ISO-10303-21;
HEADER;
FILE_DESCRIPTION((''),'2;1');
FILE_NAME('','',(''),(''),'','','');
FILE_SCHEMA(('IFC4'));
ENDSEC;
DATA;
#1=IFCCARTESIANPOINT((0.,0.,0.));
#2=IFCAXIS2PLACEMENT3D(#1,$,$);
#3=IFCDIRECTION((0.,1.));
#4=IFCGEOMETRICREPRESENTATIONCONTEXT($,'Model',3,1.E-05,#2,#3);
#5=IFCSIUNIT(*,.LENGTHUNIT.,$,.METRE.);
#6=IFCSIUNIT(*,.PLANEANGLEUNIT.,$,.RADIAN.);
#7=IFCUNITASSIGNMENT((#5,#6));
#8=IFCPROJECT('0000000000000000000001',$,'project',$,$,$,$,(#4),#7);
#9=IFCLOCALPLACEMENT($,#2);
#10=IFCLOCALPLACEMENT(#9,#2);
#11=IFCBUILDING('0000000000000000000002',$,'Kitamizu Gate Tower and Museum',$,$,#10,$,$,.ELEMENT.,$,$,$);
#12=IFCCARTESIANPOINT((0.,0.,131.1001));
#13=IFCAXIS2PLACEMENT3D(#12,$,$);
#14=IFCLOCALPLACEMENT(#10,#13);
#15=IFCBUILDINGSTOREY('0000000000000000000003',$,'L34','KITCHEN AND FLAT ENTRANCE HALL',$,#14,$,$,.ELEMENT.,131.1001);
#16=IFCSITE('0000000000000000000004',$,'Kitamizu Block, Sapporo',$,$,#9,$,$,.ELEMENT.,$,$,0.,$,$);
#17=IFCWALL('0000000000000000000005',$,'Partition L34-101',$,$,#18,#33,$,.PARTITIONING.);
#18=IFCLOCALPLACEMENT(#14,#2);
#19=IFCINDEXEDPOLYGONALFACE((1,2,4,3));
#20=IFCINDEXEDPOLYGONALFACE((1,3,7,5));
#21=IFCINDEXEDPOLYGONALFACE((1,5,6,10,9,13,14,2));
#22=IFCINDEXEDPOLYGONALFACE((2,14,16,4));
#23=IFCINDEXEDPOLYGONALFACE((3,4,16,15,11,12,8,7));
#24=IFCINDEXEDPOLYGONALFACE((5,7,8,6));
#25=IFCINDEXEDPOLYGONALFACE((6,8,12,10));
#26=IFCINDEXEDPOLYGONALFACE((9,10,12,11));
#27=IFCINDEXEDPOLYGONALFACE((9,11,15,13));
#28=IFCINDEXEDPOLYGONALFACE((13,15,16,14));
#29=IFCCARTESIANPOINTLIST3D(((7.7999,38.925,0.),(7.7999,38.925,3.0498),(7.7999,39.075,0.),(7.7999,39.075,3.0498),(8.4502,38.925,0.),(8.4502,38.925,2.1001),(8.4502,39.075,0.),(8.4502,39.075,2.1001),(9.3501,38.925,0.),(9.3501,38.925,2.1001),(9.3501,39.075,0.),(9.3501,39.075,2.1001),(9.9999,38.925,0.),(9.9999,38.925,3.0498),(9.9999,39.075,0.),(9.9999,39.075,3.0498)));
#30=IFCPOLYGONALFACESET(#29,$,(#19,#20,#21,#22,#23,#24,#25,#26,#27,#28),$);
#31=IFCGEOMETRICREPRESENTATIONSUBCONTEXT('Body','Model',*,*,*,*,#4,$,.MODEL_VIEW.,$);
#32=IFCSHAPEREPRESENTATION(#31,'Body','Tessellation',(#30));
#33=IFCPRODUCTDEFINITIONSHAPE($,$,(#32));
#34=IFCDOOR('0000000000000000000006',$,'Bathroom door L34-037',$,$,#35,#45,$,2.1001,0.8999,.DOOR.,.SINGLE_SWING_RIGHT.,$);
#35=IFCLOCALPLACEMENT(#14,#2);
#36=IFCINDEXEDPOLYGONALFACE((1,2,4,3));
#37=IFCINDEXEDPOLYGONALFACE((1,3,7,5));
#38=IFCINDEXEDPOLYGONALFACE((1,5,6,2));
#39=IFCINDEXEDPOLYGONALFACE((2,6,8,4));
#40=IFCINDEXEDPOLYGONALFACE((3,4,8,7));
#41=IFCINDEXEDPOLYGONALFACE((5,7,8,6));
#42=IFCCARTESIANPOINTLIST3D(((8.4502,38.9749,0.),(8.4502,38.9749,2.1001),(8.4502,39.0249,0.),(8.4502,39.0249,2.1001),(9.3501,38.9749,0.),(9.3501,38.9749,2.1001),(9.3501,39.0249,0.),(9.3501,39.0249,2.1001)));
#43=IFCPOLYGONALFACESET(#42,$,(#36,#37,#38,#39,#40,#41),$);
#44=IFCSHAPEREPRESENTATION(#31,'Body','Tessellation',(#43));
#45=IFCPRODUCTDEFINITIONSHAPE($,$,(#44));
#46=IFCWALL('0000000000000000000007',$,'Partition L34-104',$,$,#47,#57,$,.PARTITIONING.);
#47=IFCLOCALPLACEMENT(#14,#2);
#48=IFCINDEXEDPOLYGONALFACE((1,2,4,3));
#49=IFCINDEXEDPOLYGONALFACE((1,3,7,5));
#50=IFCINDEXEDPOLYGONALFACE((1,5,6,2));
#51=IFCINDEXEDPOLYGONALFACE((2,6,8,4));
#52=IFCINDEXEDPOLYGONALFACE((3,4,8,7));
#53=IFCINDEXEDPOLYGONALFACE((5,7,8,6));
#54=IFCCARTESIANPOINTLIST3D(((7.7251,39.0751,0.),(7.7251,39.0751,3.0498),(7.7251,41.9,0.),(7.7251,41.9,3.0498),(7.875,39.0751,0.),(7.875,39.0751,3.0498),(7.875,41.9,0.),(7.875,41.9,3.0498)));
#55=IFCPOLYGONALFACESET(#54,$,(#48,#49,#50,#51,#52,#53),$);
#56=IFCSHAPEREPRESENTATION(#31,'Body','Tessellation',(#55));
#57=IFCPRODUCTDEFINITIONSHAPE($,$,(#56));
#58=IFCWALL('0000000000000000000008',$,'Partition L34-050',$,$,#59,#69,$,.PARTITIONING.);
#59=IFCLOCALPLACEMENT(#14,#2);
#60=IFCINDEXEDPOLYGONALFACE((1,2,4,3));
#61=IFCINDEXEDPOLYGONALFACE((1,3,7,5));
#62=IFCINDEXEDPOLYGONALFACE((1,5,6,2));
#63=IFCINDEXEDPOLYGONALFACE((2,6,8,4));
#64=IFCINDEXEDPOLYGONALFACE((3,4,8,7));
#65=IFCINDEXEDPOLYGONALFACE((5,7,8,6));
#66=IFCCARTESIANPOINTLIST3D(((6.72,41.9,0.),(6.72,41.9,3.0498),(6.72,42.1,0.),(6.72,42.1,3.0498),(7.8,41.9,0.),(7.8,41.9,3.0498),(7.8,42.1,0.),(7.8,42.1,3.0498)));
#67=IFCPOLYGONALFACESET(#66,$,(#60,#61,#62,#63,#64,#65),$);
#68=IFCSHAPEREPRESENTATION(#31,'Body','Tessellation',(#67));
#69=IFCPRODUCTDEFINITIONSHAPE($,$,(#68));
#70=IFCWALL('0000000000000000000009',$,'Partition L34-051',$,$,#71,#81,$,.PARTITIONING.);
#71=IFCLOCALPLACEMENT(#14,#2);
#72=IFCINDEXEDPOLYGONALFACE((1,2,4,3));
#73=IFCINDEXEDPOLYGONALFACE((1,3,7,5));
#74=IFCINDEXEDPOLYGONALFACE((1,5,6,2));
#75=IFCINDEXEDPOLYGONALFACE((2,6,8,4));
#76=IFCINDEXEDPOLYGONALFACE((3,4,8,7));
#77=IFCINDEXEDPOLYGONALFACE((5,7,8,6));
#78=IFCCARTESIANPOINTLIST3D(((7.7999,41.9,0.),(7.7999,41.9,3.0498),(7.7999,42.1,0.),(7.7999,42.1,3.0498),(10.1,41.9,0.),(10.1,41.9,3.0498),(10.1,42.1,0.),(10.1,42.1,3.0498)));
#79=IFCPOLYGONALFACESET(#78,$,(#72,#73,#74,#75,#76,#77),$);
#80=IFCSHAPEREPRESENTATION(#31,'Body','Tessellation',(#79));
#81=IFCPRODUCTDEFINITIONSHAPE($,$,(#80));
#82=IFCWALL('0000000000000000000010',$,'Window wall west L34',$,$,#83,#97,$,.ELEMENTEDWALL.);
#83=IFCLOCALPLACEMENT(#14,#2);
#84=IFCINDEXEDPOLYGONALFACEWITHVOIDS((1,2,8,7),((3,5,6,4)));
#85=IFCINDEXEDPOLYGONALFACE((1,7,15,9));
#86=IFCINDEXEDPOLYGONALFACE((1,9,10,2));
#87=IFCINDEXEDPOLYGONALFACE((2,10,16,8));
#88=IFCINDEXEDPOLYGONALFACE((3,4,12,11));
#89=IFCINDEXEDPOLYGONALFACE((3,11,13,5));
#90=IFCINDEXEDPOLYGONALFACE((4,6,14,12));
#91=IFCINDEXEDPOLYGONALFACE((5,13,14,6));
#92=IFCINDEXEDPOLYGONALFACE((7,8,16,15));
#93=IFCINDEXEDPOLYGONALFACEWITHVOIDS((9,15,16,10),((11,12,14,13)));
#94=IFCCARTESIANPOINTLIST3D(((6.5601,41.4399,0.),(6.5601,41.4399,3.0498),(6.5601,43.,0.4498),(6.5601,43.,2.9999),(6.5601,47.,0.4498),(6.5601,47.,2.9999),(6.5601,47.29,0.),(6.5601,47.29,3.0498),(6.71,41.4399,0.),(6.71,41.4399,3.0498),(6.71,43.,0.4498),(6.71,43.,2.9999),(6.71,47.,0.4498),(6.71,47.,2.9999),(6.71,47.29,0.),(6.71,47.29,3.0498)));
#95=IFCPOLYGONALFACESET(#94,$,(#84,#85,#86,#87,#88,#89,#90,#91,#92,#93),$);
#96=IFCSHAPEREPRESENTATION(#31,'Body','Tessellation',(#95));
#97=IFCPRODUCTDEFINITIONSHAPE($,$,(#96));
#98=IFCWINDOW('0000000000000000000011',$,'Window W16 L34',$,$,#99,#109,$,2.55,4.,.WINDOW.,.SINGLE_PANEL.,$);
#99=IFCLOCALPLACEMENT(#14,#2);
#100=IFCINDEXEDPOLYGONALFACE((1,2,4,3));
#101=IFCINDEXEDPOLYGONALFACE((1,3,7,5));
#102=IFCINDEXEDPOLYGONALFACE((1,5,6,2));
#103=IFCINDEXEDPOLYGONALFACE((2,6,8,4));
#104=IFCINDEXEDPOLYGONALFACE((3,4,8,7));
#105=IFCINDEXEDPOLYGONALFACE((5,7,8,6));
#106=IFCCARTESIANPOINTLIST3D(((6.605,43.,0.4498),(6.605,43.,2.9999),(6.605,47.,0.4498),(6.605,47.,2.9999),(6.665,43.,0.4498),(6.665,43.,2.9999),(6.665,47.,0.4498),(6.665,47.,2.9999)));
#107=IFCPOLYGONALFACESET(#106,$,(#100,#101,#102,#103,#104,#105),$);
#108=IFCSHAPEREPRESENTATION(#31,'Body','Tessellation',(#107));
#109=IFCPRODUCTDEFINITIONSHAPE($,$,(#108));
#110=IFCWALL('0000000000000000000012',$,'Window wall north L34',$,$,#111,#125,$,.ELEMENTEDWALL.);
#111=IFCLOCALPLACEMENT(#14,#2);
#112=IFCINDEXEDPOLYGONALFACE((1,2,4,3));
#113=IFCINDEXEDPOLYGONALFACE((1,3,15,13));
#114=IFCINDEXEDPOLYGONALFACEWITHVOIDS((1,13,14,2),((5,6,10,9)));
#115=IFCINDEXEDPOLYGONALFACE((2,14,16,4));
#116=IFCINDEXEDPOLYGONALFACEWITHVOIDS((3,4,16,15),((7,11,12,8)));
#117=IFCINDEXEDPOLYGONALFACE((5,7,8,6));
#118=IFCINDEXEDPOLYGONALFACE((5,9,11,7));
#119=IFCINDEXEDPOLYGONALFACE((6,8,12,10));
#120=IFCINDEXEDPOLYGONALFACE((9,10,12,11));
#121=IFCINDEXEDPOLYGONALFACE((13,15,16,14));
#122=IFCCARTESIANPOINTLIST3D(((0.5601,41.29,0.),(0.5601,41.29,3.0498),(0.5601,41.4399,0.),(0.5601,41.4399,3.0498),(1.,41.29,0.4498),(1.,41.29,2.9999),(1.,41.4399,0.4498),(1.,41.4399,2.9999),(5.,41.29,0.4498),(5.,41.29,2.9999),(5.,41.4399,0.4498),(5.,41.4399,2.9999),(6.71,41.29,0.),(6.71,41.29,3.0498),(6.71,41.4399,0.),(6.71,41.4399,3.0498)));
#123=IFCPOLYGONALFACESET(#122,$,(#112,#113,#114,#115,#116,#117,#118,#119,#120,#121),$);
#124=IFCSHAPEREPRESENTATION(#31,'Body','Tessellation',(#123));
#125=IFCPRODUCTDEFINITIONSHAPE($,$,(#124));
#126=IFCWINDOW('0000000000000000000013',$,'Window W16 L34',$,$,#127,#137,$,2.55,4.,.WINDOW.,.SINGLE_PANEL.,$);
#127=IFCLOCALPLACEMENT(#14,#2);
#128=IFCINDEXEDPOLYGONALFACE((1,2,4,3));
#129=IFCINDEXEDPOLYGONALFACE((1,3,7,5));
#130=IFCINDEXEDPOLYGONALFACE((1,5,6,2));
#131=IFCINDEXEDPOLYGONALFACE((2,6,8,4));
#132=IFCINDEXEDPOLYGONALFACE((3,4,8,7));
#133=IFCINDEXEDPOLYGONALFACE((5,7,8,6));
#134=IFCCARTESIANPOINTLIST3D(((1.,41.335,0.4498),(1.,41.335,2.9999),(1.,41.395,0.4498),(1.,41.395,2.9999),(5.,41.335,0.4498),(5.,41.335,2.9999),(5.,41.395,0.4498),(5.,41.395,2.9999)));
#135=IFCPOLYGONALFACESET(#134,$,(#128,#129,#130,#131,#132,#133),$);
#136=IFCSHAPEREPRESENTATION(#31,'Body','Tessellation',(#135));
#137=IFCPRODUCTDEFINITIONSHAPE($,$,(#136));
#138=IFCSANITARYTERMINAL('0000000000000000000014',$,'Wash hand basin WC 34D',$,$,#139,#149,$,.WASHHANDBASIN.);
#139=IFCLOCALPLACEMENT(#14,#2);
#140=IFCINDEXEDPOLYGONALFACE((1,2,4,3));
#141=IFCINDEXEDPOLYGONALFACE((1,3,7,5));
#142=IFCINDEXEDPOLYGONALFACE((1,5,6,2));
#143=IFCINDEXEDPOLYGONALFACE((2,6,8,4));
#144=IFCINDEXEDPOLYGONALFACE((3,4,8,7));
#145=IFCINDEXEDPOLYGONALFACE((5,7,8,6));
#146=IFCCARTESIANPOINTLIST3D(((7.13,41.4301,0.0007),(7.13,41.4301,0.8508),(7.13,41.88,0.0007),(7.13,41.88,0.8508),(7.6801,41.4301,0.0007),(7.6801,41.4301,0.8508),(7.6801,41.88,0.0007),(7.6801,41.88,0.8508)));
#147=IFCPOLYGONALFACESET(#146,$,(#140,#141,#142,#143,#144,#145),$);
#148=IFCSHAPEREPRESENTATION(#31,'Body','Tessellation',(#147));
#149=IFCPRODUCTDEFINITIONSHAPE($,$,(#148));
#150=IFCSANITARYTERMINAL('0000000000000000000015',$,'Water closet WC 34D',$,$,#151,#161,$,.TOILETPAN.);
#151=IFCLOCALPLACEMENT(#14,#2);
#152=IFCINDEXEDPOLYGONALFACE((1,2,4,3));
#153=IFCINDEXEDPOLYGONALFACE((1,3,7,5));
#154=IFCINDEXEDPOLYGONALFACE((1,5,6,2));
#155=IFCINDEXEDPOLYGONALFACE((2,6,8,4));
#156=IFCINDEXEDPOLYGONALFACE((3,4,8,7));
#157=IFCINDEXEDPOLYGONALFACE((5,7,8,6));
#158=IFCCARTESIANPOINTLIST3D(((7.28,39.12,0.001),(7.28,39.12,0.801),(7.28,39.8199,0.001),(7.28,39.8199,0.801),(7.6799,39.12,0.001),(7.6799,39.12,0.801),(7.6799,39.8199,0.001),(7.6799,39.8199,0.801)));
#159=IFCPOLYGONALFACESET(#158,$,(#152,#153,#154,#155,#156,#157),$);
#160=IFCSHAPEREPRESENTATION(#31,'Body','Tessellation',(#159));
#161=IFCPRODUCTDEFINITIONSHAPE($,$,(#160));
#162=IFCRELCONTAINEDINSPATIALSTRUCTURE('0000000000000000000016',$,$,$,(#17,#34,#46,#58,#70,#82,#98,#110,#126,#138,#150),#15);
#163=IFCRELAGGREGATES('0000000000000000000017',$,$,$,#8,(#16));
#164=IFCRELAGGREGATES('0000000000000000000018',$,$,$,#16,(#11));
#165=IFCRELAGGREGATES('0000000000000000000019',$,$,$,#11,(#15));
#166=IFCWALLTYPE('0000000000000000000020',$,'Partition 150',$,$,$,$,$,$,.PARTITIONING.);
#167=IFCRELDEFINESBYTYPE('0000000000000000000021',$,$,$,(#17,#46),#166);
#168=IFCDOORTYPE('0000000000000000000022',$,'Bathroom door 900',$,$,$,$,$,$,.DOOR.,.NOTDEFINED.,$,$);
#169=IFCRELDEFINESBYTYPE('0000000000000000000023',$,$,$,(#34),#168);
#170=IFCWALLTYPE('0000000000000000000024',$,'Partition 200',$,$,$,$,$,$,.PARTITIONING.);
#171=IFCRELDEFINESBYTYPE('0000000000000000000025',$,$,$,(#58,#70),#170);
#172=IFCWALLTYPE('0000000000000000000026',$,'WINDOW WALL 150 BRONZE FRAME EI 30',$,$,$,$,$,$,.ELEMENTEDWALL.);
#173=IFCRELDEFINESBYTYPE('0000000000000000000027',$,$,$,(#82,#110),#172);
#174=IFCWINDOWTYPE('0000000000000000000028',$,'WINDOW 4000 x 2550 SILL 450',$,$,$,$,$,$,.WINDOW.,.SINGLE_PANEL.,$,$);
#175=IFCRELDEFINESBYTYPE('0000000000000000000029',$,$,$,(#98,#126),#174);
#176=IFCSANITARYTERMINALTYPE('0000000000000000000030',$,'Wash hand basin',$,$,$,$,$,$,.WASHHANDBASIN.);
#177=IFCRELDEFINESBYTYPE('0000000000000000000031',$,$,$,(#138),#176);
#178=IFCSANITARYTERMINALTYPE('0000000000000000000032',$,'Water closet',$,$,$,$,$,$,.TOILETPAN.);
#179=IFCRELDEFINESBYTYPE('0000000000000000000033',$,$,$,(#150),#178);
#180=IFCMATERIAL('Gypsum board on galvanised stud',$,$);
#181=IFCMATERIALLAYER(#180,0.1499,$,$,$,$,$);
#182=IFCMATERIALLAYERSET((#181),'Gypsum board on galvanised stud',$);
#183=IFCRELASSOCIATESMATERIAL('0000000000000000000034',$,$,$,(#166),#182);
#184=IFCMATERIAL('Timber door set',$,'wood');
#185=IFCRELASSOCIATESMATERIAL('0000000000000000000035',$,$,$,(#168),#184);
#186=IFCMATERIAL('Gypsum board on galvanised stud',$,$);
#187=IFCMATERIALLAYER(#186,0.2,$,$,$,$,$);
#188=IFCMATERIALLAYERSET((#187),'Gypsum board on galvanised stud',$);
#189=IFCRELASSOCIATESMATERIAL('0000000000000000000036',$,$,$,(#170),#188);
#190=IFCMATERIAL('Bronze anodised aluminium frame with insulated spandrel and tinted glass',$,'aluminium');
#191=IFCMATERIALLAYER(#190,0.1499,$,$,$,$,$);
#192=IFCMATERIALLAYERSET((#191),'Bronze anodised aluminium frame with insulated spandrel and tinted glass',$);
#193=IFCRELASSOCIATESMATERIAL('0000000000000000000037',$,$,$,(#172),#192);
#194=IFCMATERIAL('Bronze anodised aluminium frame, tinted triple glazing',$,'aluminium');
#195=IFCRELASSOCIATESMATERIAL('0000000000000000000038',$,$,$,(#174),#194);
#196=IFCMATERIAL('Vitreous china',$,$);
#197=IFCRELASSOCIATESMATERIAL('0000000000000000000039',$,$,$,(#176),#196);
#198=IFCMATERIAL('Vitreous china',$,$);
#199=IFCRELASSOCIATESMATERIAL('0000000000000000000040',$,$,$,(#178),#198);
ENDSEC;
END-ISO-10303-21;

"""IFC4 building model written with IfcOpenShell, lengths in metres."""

from ifc_helpers import new_model, si_unit, direction, frame, frame_2d, origin, origin_2d, place, context, subcontext, project, spatial, rectangle, extrude, material, layer, layer_set, type_object, element, fill, save


model = new_model("IFC4")

# Units and contexts
model_context = context("Model", 3, precision=1e-05, world=origin(), true_north=direction((0.0, 1.0)))
body_context = subcontext(model_context, "Body", "Model", "MODEL_VIEW")
ifc_project = project(units=[si_unit("LENGTHUNIT", "METRE"), si_unit("PLANEANGLEUNIT", "RADIAN")], contexts=[model_context])

# Site, building, storey
site_placement = place(None, origin())
site = spatial("IfcSite", under=ifc_project, at=site_placement, Name="Kitamizu Block, Sapporo", CompositionType="ELEMENT", RefElevation=0.0)
building_placement = place(site_placement, origin())
building = spatial("IfcBuilding", under=site, at=building_placement, Name="Kitamizu Gate Tower and Museum", CompositionType="ELEMENT")
storey_placement = place(building_placement, frame((0.0, 0.0, 131.1001)))
storey = spatial("IfcBuildingStorey", under=building, at=storey_placement, Name="L34", Description="KITCHEN AND FLAT ENTRANCE HALL", CompositionType="ELEMENT", Elevation=131.1001)

# Wall, opening, door
ifc_material_1 = material(Name="Gypsum board on galvanised stud")
ifc_layer_1 = layer(ifc_material_1, 0.1499)
ifc_layer_set_1 = layer_set([ifc_layer_1], Name="Gypsum board on galvanised stud")
wall_type_1 = type_object("IfcWallType", Name="Partition 150", PredefinedType="PARTITIONING", material=ifc_layer_set_1)
wall_1_placement = place(storey_placement, frame((10.0, 39.0, 0.0), z_axis=(0.0, 0.0, 1.0), x_axis=(-1.0, 0.0, 0.0)))
wall_1 = element("IfcWall", 1, at=wall_1_placement, inside=storey, type_object=wall_type_1, Name="Partition L34-101", PredefinedType="PARTITIONING", context=body_context, shape_type="SweptSolid", body=[
    extrude(rectangle(XDim=2.2, YDim=0.1499, at=frame_2d((1.1001, 0.0))), origin(), (0.0, 0.0, 1.0), 3.0498),
])
opening_1_placement = place(wall_1_placement, frame((0.6499, 0.0, 0.0)))
opening_1 = element("IfcOpeningElement", 2, at=opening_1_placement, cuts=wall_1, PredefinedType="OPENING", context=body_context, shape_type="SweptSolid", body=[
    extrude(rectangle(XDim=0.8999, YDim=2.1001, at=frame_2d((0.45, 1.05))), frame((0.0, 0.085, 0.0), z_axis=(0.0, -1.0, 0.0), x_axis=(1.0, 0.0, 0.0)), (0.0, 0.0, 1.0), 0.1699),
])
ifc_material_2 = material(Name="Timber door set", Category="wood")
door_type = type_object("IfcDoorType", Name="Bathroom door 900", OperationType="NOTDEFINED", PredefinedType="DOOR", material=ifc_material_2)
door_placement = place(opening_1_placement, frame((0.8999, 0.0, 0.0), x_axis=(-1.0, 0.0, 0.0)))
door = element("IfcDoor", 3, at=door_placement, inside=storey, type_object=door_type, Name="Bathroom door L34-037", OperationType="SINGLE_SWING_RIGHT", OverallHeight=2.1001, OverallWidth=0.8999, PredefinedType="DOOR", context=body_context, shape_type="SweptSolid", body=[
    extrude(rectangle(XDim=0.8999, YDim=2.1001, at=frame_2d((0.45, 1.05))), frame((0.0, 0.0249, 0.0), z_axis=(0.0, -1.0, 0.0), x_axis=(1.0, 0.0, 0.0)), (0.0, 0.0, 1.0), 0.05),
])
fill(opening_1, door)

# Walls
wall_2_placement = place(storey_placement, frame((7.8, 39.075, 0.0), z_axis=(0.0, 0.0, 1.0), x_axis=(0.0, 1.0, 0.0)))
element("IfcWall", 4, at=wall_2_placement, inside=storey, type_object=wall_type_1, Name="Partition L34-104", PredefinedType="PARTITIONING", context=body_context, shape_type="SweptSolid", body=[
    extrude(rectangle(XDim=2.825, YDim=0.1499, at=frame_2d((1.4126, 0.0))), origin(), (0.0, 0.0, 1.0), 3.0498),
])
ifc_material_3 = material(Name="Gypsum board on galvanised stud")
ifc_layer_2 = layer(ifc_material_3, 0.2)
ifc_layer_set_2 = layer_set([ifc_layer_2], Name="Gypsum board on galvanised stud")
wall_type_2 = type_object("IfcWallType", Name="Partition 200", PredefinedType="PARTITIONING", material=ifc_layer_set_2)
wall_3_placement = place(storey_placement, frame((6.72, 42.0, 0.0), z_axis=(0.0, 0.0, 1.0), x_axis=(1.0, 0.0, 0.0)))
element("IfcWall", 5, at=wall_3_placement, inside=storey, type_object=wall_type_2, Name="Partition L34-050", PredefinedType="PARTITIONING", context=body_context, shape_type="SweptSolid", body=[
    extrude(rectangle(XDim=1.0801, YDim=0.2, at=frame_2d((0.54, 0.0))), origin(), (0.0, 0.0, 1.0), 3.0498),
])
wall_4_placement = place(storey_placement, frame((7.8, 42.0, 0.0), z_axis=(0.0, 0.0, 1.0), x_axis=(1.0, 0.0, 0.0)))
element("IfcWall", 6, at=wall_4_placement, inside=storey, type_object=wall_type_2, Name="Partition L34-051", PredefinedType="PARTITIONING", context=body_context, shape_type="SweptSolid", body=[
    extrude(rectangle(XDim=2.3, YDim=0.2, at=frame_2d((1.1499, 0.0))), origin(), (0.0, 0.0, 1.0), 3.0498),
])

# Shared definitions
ifc_material_4 = material(Name="Bronze anodised aluminium frame with insulated spandrel and tinted glass", Category="aluminium")
ifc_layer_3 = layer(ifc_material_4, 0.1499)
ifc_layer_set_3 = layer_set([ifc_layer_3], Name="Bronze anodised aluminium frame with insulated spandrel and tinted glass")
wall_type_3 = type_object("IfcWallType", Name="WINDOW WALL 150 BRONZE FRAME EI 30", PredefinedType="ELEMENTEDWALL", material=ifc_layer_set_3)

# Walls, openings, windows
wall_5_placement = place(storey_placement, frame((6.635, 41.4399, 0.0), z_axis=(0.0, 0.0, 1.0), x_axis=(0.0, 1.0, 0.0)))
wall_5 = element("IfcWall", 7, at=wall_5_placement, inside=storey, type_object=wall_type_3, Name="Window wall west L34", PredefinedType="ELEMENTEDWALL", context=body_context, shape_type="SweptSolid", body=[
    extrude(rectangle(XDim=5.8501, YDim=0.1499, at=frame_2d((2.925, 0.0))), origin(), (0.0, 0.0, 1.0), 3.0498),
])
opening_2_placement = place(wall_5_placement, frame((1.5601, 0.0, 0.45)))
opening_2 = element("IfcOpeningElement", 8, at=opening_2_placement, cuts=wall_5, PredefinedType="OPENING", context=body_context, shape_type="SweptSolid", body=[
    extrude(rectangle(XDim=4.0, YDim=2.55, at=frame_2d((2.0, 1.2749))), frame((0.0, 0.085, 0.0), z_axis=(0.0, -1.0, 0.0), x_axis=(1.0, 0.0, 0.0)), (0.0, 0.0, 1.0), 0.1699),
])
ifc_material_5 = material(Name="Bronze anodised aluminium frame, tinted triple glazing", Category="aluminium")
window_type_1 = type_object("IfcWindowType", Name="WINDOW 4000 x 2550 SILL 450", PartitioningType="SINGLE_PANEL", PredefinedType="WINDOW", material=ifc_material_5)
window_1_placement = place(opening_2_placement, origin())
window_1 = element("IfcWindow", 9, at=window_1_placement, inside=storey, type_object=window_type_1, Name="Window W16 L34", OverallHeight=2.55, OverallWidth=4.0, PartitioningType="SINGLE_PANEL", PredefinedType="WINDOW", context=body_context, shape_type="SweptSolid", body=[
    extrude(rectangle(XDim=4.0, YDim=2.55, at=frame_2d((2.0, 1.2749))), frame((0.0, 0.03, 0.0), z_axis=(0.0, -1.0, 0.0), x_axis=(1.0, 0.0, 0.0)), (0.0, 0.0, 1.0), 0.0601),
])
fill(opening_2, window_1)
wall_6_placement = place(storey_placement, frame((0.5601, 41.365, 0.0), z_axis=(0.0, 0.0, 1.0), x_axis=(1.0, 0.0, 0.0)))
wall_6 = element("IfcWall", 10, at=wall_6_placement, inside=storey, type_object=wall_type_3, Name="Window wall north L34", PredefinedType="ELEMENTEDWALL", context=body_context, shape_type="SweptSolid", body=[
    extrude(rectangle(XDim=6.1499, YDim=0.1499, at=frame_2d((3.075, 0.0))), origin(), (0.0, 0.0, 1.0), 3.0498),
])
opening_3_placement = place(wall_6_placement, frame((0.4399, 0.0, 0.45)))
opening_3 = element("IfcOpeningElement", 11, at=opening_3_placement, cuts=wall_6, PredefinedType="OPENING", context=body_context, shape_type="SweptSolid", body=[
    extrude(rectangle(XDim=4.0, YDim=2.55, at=frame_2d((2.0, 1.2749))), frame((0.0, 0.085, 0.0), z_axis=(0.0, -1.0, 0.0), x_axis=(1.0, 0.0, 0.0)), (0.0, 0.0, 1.0), 0.1699),
])
window_2_placement = place(opening_3_placement, origin())
window_2 = element("IfcWindow", 12, at=window_2_placement, inside=storey, type_object=window_type_1, Name="Window W16 L34", OverallHeight=2.55, OverallWidth=4.0, PartitioningType="SINGLE_PANEL", PredefinedType="WINDOW", context=body_context, shape_type="SweptSolid", body=[
    extrude(rectangle(XDim=4.0, YDim=2.55, at=frame_2d((2.0, 1.2749))), frame((0.0, 0.03, 0.0), z_axis=(0.0, -1.0, 0.0), x_axis=(1.0, 0.0, 0.0)), (0.0, 0.0, 1.0), 0.0601),
])
fill(opening_3, window_2)

# Sanitary terminals
ifc_material_6 = material(Name="Vitreous china")
sanitary_terminal_type_1 = type_object("IfcSanitaryTerminalType", Name="Wash hand basin", PredefinedType="WASHHANDBASIN", material=ifc_material_6)
sanitary_terminal_1_placement = place(storey_placement, frame((7.405, 41.655, 0.0007), z_axis=(0.0, 0.0, 1.0), x_axis=(1.0, 0.0, 0.0)))
element("IfcSanitaryTerminal", 13, at=sanitary_terminal_1_placement, inside=storey, type_object=sanitary_terminal_type_1, Name="Wash hand basin WC 34D", PredefinedType="WASHHANDBASIN", context=body_context, shape_type="SweptSolid", body=[
    extrude(rectangle(XDim=0.55, YDim=0.45, at=origin_2d()), origin(), (0.0, 0.0, 1.0), 0.8501),
])
ifc_material_7 = material(Name="Vitreous china")
sanitary_terminal_type_2 = type_object("IfcSanitaryTerminalType", Name="Water closet", PredefinedType="TOILETPAN", material=ifc_material_7)
sanitary_terminal_2_placement = place(storey_placement, frame((7.48, 39.47, 0.001), z_axis=(0.0, 0.0, 1.0), x_axis=(1.0, 0.0, 0.0)))
element("IfcSanitaryTerminal", 14, at=sanitary_terminal_2_placement, inside=storey, type_object=sanitary_terminal_type_2, Name="Water closet WC 34D", PredefinedType="TOILETPAN", context=body_context, shape_type="SweptSolid", body=[
    extrude(rectangle(XDim=0.3999, YDim=0.7, at=origin_2d()), origin(), (0.0, 0.0, 1.0), 0.8),
])

save(model, "model.ifc")
